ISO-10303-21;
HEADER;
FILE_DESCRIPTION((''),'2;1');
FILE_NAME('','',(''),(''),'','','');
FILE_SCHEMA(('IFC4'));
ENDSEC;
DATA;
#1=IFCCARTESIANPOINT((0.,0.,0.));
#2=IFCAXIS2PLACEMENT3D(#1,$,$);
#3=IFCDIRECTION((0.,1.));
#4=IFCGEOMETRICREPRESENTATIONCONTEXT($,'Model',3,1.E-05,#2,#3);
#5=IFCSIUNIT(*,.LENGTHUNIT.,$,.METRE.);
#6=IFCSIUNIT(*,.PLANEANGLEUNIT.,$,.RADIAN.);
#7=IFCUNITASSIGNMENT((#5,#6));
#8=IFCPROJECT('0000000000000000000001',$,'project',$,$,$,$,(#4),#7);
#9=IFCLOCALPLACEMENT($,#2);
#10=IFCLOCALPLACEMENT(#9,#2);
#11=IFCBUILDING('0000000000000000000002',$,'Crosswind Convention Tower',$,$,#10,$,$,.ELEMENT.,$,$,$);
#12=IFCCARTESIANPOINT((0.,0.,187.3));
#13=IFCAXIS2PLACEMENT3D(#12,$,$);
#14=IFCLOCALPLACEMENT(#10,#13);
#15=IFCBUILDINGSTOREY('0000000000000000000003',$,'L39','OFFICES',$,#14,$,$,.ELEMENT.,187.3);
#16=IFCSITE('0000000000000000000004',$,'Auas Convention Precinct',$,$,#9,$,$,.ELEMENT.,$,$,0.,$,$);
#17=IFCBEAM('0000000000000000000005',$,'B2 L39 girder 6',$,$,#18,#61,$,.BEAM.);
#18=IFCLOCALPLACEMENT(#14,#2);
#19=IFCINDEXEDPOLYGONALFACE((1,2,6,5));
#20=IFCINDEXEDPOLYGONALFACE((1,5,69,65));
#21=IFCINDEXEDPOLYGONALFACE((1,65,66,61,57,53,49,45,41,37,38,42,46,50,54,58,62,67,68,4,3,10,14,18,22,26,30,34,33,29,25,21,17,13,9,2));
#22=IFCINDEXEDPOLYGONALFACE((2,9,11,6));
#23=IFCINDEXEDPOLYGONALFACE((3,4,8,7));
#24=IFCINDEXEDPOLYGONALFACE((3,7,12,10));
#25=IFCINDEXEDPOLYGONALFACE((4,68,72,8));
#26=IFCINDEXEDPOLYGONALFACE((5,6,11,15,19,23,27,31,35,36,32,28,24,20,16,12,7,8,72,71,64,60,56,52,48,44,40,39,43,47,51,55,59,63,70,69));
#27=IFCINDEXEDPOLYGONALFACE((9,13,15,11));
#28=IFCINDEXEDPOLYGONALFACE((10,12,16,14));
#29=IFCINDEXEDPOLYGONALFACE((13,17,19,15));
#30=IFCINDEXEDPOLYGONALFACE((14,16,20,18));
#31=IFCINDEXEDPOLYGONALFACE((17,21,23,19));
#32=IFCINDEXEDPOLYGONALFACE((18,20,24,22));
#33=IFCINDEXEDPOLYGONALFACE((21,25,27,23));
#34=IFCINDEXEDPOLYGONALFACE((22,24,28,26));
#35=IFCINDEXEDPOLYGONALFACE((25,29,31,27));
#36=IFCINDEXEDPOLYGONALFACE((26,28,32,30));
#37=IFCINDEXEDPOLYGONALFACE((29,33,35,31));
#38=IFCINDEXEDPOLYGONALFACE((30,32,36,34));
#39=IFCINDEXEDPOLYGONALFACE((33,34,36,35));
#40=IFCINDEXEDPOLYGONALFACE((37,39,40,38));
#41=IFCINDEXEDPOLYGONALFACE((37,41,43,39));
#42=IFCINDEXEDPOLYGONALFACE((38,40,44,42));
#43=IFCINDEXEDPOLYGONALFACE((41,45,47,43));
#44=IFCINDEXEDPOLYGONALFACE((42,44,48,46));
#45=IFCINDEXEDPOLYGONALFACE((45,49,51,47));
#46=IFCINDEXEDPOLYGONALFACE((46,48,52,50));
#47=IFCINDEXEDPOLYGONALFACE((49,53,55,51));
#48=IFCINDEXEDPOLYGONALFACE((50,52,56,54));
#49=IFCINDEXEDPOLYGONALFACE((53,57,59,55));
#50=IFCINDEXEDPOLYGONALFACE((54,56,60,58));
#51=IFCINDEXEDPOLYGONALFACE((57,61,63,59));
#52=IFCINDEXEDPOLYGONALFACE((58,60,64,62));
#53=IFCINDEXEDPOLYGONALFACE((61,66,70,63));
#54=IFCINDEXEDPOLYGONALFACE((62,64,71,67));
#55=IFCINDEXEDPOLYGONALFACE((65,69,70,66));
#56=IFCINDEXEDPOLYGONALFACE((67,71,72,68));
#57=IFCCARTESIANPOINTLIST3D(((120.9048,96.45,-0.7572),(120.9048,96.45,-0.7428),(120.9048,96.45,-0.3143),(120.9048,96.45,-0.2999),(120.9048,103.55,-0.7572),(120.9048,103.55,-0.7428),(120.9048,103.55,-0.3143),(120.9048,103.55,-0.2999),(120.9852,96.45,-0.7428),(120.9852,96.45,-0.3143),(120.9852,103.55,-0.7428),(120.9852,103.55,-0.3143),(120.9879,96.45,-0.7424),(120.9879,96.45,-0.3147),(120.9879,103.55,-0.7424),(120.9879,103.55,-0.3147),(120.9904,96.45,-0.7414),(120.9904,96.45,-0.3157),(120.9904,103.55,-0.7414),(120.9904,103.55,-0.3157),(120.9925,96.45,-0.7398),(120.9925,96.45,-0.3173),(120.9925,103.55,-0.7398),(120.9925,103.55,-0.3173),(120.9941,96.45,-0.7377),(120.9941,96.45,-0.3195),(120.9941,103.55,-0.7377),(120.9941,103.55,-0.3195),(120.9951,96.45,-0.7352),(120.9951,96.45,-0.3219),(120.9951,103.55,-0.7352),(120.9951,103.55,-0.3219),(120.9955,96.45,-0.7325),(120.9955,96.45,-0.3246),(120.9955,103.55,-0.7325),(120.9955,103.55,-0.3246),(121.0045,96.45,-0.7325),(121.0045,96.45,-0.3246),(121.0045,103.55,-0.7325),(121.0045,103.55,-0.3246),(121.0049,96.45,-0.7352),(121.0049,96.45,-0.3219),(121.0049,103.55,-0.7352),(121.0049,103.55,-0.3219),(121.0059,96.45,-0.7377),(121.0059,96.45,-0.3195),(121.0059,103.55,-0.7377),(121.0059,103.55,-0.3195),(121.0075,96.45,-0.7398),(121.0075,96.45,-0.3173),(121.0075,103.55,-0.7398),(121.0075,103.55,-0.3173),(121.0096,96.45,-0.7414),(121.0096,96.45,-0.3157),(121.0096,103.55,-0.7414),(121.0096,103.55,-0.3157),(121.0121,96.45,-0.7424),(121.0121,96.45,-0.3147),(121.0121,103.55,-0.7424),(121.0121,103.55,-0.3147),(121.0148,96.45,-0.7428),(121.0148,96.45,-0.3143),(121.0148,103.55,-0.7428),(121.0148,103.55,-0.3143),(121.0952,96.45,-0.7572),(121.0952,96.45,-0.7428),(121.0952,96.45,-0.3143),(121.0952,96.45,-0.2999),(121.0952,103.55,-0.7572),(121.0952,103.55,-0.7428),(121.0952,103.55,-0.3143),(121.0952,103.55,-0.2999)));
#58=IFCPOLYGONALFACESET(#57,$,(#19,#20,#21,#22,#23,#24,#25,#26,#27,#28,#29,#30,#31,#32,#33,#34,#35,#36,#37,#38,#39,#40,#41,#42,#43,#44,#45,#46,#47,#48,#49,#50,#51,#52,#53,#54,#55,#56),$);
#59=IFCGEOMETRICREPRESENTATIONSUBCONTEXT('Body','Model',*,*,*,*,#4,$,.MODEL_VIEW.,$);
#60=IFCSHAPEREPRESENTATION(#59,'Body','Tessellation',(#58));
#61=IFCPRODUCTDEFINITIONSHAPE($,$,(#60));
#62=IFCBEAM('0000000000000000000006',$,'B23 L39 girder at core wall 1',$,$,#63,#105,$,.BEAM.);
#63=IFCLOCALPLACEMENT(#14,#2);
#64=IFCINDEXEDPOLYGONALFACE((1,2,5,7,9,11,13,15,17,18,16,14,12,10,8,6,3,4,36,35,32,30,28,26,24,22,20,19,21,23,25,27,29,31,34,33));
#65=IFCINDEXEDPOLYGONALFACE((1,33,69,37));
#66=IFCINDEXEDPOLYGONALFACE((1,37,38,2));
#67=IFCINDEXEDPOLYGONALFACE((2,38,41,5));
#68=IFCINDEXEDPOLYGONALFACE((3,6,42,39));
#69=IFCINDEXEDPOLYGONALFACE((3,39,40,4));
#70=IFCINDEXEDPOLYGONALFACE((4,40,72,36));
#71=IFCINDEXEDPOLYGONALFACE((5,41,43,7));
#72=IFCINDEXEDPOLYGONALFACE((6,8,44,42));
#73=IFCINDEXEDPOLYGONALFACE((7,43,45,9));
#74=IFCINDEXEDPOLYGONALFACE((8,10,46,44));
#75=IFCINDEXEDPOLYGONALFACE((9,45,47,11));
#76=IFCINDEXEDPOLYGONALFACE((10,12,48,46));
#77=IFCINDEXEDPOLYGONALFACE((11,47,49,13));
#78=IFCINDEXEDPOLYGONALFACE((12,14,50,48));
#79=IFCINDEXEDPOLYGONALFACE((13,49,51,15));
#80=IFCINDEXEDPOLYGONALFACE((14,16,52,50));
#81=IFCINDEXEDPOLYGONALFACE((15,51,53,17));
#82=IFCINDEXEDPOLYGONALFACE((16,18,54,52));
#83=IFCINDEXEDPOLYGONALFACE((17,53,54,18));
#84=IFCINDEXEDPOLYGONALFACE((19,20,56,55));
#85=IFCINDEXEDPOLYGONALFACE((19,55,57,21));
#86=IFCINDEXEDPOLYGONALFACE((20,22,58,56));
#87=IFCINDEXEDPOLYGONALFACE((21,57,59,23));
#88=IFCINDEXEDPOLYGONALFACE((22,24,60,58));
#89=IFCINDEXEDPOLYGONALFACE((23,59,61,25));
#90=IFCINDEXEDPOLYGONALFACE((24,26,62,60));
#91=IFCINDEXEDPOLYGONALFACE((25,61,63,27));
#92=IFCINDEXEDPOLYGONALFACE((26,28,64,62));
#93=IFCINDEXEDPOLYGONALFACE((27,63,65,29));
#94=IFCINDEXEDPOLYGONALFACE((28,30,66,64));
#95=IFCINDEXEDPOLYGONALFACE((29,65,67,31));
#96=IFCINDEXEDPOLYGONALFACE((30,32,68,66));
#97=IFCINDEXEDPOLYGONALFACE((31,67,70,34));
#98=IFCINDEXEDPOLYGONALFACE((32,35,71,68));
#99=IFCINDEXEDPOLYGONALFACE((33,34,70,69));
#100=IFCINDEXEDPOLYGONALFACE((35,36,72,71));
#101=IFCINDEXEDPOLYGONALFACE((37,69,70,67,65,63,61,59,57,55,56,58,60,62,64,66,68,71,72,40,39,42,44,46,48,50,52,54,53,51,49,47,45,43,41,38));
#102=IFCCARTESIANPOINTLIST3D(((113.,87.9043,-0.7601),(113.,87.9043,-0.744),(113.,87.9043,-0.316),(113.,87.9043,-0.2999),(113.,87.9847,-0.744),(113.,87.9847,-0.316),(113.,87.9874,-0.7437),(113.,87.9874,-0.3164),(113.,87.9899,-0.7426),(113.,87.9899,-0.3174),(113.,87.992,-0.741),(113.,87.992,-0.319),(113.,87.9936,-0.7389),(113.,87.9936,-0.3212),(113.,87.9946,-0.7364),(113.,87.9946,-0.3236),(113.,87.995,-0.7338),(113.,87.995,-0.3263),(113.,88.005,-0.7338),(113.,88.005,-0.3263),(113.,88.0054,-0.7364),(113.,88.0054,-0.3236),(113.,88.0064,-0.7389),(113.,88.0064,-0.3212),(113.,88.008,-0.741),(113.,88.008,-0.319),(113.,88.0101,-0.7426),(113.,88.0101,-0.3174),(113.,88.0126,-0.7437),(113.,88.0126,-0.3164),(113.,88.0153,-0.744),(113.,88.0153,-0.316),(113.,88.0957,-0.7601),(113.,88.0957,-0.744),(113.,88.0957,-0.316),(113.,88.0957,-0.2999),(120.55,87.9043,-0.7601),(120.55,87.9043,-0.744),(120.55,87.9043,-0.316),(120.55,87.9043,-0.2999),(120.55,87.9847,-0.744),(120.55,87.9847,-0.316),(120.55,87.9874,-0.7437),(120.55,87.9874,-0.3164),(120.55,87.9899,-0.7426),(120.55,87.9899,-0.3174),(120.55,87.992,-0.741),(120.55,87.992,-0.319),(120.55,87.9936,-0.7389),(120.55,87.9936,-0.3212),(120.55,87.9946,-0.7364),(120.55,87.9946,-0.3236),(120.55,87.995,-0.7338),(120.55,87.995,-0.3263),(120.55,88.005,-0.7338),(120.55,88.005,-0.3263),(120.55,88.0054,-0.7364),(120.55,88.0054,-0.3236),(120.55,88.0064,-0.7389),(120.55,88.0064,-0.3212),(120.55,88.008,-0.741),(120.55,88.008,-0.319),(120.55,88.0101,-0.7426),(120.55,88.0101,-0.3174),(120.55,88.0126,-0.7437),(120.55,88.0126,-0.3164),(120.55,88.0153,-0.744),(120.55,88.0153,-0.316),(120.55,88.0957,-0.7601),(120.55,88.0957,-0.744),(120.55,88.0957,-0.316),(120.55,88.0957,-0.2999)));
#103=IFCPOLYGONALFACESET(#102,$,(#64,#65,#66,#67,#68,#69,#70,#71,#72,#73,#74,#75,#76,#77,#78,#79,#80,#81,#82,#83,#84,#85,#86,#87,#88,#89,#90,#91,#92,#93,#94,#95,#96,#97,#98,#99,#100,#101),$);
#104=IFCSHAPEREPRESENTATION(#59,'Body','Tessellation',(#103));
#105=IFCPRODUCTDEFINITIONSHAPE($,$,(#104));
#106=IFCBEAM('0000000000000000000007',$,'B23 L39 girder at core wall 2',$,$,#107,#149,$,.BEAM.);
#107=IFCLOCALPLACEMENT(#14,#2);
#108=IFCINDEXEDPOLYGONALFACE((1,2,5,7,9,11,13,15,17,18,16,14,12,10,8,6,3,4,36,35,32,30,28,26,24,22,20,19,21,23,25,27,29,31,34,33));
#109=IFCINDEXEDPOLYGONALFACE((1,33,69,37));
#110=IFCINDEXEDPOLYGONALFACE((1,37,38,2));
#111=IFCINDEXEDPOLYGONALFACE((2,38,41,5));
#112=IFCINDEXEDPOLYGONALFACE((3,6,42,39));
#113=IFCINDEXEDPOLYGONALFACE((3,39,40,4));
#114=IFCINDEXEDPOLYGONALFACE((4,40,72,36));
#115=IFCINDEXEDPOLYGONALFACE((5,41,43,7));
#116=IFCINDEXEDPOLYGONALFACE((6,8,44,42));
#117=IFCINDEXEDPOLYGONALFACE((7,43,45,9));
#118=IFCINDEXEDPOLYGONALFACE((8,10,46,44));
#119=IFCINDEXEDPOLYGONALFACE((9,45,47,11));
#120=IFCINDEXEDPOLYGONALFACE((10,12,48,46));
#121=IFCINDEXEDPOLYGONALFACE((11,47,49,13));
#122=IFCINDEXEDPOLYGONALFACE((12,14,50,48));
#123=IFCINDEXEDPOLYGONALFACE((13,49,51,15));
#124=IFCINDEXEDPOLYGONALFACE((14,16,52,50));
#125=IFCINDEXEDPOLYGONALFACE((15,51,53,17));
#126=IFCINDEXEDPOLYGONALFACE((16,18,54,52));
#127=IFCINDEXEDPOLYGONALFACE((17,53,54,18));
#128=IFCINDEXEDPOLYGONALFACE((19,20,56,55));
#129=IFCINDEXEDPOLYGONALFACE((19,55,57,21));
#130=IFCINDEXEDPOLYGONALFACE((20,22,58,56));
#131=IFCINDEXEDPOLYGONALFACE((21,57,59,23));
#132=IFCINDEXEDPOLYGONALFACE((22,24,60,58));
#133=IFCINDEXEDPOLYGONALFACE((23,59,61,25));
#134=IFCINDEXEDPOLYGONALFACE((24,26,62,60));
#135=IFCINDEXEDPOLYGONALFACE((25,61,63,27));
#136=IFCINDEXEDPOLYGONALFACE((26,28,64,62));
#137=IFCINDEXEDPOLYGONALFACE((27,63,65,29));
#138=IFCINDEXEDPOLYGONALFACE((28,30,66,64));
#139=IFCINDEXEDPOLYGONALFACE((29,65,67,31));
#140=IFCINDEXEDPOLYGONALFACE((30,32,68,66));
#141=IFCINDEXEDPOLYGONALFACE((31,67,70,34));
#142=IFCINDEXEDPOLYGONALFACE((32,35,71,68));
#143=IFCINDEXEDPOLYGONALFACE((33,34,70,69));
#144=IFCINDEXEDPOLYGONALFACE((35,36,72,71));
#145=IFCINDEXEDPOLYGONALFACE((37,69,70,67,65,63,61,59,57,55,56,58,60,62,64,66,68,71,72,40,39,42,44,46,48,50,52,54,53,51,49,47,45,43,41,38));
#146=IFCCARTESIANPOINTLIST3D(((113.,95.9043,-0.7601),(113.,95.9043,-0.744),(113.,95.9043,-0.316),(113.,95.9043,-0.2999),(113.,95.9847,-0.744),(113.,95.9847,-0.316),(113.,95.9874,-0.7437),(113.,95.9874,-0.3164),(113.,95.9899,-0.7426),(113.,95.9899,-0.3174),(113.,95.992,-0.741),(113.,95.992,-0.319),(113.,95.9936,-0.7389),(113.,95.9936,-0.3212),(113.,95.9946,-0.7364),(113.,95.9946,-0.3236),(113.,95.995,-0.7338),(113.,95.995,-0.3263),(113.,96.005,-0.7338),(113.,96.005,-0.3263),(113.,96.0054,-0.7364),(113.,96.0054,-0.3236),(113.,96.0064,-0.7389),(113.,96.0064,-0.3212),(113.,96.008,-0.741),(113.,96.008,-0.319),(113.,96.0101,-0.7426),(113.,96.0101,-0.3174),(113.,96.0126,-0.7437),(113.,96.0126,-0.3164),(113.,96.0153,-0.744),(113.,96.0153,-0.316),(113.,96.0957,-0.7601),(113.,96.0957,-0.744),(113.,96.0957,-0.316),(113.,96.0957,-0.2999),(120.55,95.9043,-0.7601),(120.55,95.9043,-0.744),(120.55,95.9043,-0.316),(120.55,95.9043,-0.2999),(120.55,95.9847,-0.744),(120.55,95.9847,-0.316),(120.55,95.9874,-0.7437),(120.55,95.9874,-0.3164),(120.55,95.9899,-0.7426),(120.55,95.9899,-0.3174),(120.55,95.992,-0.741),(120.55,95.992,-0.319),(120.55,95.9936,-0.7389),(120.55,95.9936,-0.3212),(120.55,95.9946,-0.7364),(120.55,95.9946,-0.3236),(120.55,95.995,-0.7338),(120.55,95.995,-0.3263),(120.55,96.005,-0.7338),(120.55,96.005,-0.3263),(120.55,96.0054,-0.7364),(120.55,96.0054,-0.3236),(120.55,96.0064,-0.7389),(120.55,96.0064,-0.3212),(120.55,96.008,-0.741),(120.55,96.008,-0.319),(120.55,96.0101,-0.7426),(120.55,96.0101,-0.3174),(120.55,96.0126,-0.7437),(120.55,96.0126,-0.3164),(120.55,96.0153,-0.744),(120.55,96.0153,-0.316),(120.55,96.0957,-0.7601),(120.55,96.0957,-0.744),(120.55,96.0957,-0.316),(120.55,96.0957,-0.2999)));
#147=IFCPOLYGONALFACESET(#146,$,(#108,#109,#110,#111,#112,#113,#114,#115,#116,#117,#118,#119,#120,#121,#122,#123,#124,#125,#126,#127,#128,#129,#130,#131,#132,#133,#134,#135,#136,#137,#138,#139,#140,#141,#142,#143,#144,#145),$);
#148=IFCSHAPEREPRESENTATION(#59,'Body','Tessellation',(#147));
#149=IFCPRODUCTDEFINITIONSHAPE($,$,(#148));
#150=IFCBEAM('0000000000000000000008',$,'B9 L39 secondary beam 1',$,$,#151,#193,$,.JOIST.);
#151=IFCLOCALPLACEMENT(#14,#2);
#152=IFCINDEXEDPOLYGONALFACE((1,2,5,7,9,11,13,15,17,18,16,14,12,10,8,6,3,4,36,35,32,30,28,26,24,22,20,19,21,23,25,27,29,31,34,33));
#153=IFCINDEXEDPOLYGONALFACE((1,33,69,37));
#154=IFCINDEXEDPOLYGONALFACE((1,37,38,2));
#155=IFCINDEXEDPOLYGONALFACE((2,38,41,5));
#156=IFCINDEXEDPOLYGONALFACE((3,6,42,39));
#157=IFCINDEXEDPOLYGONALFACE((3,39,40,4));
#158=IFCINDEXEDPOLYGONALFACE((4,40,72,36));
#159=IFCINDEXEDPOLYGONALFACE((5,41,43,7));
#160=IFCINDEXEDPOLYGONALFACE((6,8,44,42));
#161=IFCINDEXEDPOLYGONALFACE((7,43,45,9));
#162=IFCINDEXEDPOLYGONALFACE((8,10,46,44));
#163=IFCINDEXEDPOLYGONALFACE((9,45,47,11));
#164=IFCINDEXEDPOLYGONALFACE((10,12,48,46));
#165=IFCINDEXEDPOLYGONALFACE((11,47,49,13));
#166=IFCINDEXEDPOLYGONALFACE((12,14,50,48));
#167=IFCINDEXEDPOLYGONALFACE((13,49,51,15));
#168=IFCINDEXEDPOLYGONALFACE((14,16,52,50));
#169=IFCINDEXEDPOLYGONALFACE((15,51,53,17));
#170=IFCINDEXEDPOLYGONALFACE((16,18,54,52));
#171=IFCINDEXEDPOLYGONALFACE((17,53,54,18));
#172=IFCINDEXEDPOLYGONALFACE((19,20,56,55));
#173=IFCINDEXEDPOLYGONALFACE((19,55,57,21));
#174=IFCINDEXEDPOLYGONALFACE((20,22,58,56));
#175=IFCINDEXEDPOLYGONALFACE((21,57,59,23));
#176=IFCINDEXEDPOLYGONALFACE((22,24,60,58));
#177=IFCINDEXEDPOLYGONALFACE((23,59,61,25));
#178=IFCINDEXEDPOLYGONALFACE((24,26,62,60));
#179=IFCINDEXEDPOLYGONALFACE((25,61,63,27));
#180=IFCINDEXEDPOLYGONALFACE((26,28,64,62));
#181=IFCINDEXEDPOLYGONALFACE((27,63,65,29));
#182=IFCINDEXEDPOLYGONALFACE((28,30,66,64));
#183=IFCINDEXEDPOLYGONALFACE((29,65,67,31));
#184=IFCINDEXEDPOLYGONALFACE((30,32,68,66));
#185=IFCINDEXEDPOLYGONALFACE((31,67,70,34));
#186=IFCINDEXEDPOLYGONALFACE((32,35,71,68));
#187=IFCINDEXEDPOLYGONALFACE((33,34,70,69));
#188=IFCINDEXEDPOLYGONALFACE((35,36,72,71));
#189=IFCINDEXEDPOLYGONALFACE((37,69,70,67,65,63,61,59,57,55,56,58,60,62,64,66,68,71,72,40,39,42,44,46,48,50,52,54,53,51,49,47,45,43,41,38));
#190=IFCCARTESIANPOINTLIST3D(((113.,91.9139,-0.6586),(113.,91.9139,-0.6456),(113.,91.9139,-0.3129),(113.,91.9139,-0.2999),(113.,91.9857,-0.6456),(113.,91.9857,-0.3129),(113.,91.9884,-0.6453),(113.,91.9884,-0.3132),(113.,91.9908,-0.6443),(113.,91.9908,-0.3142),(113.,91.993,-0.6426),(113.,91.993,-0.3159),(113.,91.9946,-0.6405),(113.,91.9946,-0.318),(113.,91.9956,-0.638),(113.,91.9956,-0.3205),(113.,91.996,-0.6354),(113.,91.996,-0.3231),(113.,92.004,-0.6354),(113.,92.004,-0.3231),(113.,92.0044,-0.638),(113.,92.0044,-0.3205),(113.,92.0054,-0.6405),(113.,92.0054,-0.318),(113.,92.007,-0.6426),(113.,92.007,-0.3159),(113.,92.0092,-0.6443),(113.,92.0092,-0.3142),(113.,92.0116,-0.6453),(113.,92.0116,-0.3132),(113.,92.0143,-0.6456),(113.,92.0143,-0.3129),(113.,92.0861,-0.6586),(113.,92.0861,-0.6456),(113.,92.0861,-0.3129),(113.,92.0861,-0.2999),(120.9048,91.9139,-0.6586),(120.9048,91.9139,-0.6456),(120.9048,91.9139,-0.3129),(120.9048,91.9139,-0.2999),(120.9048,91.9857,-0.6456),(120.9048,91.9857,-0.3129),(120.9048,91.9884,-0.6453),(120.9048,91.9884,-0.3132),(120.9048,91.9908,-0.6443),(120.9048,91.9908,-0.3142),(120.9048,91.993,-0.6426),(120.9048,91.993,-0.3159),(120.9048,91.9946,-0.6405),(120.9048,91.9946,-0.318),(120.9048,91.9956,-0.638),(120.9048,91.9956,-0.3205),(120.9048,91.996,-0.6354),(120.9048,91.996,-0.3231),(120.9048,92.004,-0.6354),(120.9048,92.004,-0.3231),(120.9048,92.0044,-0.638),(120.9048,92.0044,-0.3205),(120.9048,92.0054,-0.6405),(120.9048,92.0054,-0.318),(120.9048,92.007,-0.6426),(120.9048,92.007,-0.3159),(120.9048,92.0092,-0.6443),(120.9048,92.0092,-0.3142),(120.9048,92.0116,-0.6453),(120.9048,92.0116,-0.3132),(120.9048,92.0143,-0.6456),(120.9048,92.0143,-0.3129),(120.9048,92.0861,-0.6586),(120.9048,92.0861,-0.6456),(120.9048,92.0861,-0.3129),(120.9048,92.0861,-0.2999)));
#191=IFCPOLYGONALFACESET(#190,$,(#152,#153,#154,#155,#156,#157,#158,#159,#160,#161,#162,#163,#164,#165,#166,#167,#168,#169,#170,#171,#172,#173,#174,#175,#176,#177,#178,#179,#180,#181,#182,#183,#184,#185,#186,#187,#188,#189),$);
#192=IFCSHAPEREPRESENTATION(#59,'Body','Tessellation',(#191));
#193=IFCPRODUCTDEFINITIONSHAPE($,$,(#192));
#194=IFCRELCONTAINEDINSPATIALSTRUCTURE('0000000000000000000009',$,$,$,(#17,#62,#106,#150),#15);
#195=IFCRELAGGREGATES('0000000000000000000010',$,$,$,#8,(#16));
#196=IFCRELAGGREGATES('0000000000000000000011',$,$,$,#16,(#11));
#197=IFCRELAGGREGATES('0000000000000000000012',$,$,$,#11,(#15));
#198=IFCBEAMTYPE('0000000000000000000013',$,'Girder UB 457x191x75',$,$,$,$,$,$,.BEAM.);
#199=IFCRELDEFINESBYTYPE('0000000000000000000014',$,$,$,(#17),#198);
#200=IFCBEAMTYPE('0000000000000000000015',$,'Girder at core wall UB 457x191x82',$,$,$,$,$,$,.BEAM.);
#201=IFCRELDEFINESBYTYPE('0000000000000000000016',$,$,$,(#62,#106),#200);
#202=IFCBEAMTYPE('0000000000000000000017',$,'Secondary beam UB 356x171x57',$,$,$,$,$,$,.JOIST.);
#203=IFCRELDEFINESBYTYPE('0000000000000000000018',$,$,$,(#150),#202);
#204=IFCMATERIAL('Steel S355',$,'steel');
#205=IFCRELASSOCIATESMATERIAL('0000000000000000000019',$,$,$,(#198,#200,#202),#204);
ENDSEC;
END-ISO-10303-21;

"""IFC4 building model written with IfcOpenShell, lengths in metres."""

from ifc_helpers import new_model, si_unit, direction, frame, origin, origin_2d, place, context, subcontext, project, spatial, i_section, extrude, material, material_profile, profile_set, type_object, element, save


model = new_model("IFC4")

# Units and contexts
model_context = context("Model", 3, precision=1e-05, world=origin(), true_north=direction((0.0, 1.0)))
body_context = subcontext(model_context, "Body", "Model", "MODEL_VIEW")
ifc_project = project(units=[si_unit("LENGTHUNIT", "METRE"), si_unit("PLANEANGLEUNIT", "RADIAN")], contexts=[model_context])

# Site, building, storey
site_placement = place(None, origin())
site = spatial("IfcSite", under=ifc_project, at=site_placement, Name="Auas Convention Precinct", CompositionType="ELEMENT", RefElevation=0.0)
building_placement = place(site_placement, origin())
building = spatial("IfcBuilding", under=site, at=building_placement, Name="Crosswind Convention Tower", CompositionType="ELEMENT")
storey_placement = place(building_placement, frame((0.0, 0.0, 187.3)))
storey = spatial("IfcBuildingStorey", under=building, at=storey_placement, Name="L39", Description="OFFICES", CompositionType="ELEMENT", Elevation=187.3)

# Beams
ifc_material_1 = material(Name="Steel S355", Category="steel")
ifc_material_profile_1 = material_profile(ifc_material_1, i_section(OverallWidth=0.1904, OverallDepth=0.4573, WebThickness=0.009, FlangeThickness=0.0144, FilletRadius=0.0103, at=origin_2d()), Name="UB 457x191x75")
ifc_profile_set_1 = profile_set([ifc_material_profile_1], Name="Steel S355")
beam_type_1 = type_object("IfcBeamType", Name="Girder UB 457x191x75", PredefinedType="BEAM", material=ifc_profile_set_1)
for number, where, z_axis, x_axis, name in (
    (1, (121.0, 96.45, -0.5286), (0.0, 1.0, 0.0), (-1.0, 0.0, 0.0), "B2 L39 girder 6"),
):
    element("IfcBeam", number, at=place(storey_placement, frame(where, z_axis=z_axis, x_axis=x_axis)), inside=storey, type_object=beam_type_1, Name=name, PredefinedType="BEAM", context=body_context, shape_type="SweptSolid", body=[
        extrude(i_section(OverallWidth=0.1904, OverallDepth=0.4573, WebThickness=0.009, FlangeThickness=0.0144, FilletRadius=0.0103, at=origin_2d()), origin(), (0.0, 0.0, 1.0), 7.1001),
    ])
ifc_material_profile_2 = material_profile(ifc_material_1, i_section(OverallWidth=0.1914, OverallDepth=0.4602, WebThickness=0.01, FlangeThickness=0.0161, FilletRadius=0.0103, at=origin_2d()), Name="UB 457x191x82")
ifc_profile_set_2 = profile_set([ifc_material_profile_2], Name="Steel S355")
beam_type_2 = type_object("IfcBeamType", Name="Girder at core wall UB 457x191x82", PredefinedType="BEAM", material=ifc_profile_set_2)
for number, where, z_axis, x_axis, name in (
    (2, (113.0, 88.0, -0.53), (1.0, 0.0, 0.0), (0.0, 1.0, 0.0), "B23 L39 girder at core wall 1"),
    (3, (113.0, 96.0, -0.53), (1.0, 0.0, 0.0), (0.0, 1.0, 0.0), "B23 L39 girder at core wall 2"),
):
    element("IfcBeam", number, at=place(storey_placement, frame(where, z_axis=z_axis, x_axis=x_axis)), inside=storey, type_object=beam_type_2, Name=name, PredefinedType="BEAM", context=body_context, shape_type="SweptSolid", body=[
        extrude(i_section(OverallWidth=0.1914, OverallDepth=0.4602, WebThickness=0.01, FlangeThickness=0.0161, FilletRadius=0.0103, at=origin_2d()), origin(), (0.0, 0.0, 1.0), 7.55),
    ])
ifc_material_profile_3 = material_profile(ifc_material_1, i_section(OverallWidth=0.1721, OverallDepth=0.3586, WebThickness=0.0081, FlangeThickness=0.0129, FilletRadius=0.0103, at=origin_2d()), Name="UB 356x171x57")
ifc_profile_set_3 = profile_set([ifc_material_profile_3], Name="Steel S355")
beam_type_3 = type_object("IfcBeamType", Name="Secondary beam UB 356x171x57", PredefinedType="JOIST", material=ifc_profile_set_3)
beam_1_placement = place(storey_placement, frame((113.0, 92.0, -0.4792), z_axis=(1.0, 0.0, 0.0), x_axis=(0.0, 1.0, 0.0)))
element("IfcBeam", 4, at=beam_1_placement, inside=storey, type_object=beam_type_3, Name="B9 L39 secondary beam 1", PredefinedType="JOIST", context=body_context, shape_type="SweptSolid", body=[
    extrude(i_section(OverallWidth=0.1721, OverallDepth=0.3586, WebThickness=0.0081, FlangeThickness=0.0129, FilletRadius=0.0103, at=origin_2d()), origin(), (0.0, 0.0, 1.0), 7.9048),
])

save(model, "model.ifc")
